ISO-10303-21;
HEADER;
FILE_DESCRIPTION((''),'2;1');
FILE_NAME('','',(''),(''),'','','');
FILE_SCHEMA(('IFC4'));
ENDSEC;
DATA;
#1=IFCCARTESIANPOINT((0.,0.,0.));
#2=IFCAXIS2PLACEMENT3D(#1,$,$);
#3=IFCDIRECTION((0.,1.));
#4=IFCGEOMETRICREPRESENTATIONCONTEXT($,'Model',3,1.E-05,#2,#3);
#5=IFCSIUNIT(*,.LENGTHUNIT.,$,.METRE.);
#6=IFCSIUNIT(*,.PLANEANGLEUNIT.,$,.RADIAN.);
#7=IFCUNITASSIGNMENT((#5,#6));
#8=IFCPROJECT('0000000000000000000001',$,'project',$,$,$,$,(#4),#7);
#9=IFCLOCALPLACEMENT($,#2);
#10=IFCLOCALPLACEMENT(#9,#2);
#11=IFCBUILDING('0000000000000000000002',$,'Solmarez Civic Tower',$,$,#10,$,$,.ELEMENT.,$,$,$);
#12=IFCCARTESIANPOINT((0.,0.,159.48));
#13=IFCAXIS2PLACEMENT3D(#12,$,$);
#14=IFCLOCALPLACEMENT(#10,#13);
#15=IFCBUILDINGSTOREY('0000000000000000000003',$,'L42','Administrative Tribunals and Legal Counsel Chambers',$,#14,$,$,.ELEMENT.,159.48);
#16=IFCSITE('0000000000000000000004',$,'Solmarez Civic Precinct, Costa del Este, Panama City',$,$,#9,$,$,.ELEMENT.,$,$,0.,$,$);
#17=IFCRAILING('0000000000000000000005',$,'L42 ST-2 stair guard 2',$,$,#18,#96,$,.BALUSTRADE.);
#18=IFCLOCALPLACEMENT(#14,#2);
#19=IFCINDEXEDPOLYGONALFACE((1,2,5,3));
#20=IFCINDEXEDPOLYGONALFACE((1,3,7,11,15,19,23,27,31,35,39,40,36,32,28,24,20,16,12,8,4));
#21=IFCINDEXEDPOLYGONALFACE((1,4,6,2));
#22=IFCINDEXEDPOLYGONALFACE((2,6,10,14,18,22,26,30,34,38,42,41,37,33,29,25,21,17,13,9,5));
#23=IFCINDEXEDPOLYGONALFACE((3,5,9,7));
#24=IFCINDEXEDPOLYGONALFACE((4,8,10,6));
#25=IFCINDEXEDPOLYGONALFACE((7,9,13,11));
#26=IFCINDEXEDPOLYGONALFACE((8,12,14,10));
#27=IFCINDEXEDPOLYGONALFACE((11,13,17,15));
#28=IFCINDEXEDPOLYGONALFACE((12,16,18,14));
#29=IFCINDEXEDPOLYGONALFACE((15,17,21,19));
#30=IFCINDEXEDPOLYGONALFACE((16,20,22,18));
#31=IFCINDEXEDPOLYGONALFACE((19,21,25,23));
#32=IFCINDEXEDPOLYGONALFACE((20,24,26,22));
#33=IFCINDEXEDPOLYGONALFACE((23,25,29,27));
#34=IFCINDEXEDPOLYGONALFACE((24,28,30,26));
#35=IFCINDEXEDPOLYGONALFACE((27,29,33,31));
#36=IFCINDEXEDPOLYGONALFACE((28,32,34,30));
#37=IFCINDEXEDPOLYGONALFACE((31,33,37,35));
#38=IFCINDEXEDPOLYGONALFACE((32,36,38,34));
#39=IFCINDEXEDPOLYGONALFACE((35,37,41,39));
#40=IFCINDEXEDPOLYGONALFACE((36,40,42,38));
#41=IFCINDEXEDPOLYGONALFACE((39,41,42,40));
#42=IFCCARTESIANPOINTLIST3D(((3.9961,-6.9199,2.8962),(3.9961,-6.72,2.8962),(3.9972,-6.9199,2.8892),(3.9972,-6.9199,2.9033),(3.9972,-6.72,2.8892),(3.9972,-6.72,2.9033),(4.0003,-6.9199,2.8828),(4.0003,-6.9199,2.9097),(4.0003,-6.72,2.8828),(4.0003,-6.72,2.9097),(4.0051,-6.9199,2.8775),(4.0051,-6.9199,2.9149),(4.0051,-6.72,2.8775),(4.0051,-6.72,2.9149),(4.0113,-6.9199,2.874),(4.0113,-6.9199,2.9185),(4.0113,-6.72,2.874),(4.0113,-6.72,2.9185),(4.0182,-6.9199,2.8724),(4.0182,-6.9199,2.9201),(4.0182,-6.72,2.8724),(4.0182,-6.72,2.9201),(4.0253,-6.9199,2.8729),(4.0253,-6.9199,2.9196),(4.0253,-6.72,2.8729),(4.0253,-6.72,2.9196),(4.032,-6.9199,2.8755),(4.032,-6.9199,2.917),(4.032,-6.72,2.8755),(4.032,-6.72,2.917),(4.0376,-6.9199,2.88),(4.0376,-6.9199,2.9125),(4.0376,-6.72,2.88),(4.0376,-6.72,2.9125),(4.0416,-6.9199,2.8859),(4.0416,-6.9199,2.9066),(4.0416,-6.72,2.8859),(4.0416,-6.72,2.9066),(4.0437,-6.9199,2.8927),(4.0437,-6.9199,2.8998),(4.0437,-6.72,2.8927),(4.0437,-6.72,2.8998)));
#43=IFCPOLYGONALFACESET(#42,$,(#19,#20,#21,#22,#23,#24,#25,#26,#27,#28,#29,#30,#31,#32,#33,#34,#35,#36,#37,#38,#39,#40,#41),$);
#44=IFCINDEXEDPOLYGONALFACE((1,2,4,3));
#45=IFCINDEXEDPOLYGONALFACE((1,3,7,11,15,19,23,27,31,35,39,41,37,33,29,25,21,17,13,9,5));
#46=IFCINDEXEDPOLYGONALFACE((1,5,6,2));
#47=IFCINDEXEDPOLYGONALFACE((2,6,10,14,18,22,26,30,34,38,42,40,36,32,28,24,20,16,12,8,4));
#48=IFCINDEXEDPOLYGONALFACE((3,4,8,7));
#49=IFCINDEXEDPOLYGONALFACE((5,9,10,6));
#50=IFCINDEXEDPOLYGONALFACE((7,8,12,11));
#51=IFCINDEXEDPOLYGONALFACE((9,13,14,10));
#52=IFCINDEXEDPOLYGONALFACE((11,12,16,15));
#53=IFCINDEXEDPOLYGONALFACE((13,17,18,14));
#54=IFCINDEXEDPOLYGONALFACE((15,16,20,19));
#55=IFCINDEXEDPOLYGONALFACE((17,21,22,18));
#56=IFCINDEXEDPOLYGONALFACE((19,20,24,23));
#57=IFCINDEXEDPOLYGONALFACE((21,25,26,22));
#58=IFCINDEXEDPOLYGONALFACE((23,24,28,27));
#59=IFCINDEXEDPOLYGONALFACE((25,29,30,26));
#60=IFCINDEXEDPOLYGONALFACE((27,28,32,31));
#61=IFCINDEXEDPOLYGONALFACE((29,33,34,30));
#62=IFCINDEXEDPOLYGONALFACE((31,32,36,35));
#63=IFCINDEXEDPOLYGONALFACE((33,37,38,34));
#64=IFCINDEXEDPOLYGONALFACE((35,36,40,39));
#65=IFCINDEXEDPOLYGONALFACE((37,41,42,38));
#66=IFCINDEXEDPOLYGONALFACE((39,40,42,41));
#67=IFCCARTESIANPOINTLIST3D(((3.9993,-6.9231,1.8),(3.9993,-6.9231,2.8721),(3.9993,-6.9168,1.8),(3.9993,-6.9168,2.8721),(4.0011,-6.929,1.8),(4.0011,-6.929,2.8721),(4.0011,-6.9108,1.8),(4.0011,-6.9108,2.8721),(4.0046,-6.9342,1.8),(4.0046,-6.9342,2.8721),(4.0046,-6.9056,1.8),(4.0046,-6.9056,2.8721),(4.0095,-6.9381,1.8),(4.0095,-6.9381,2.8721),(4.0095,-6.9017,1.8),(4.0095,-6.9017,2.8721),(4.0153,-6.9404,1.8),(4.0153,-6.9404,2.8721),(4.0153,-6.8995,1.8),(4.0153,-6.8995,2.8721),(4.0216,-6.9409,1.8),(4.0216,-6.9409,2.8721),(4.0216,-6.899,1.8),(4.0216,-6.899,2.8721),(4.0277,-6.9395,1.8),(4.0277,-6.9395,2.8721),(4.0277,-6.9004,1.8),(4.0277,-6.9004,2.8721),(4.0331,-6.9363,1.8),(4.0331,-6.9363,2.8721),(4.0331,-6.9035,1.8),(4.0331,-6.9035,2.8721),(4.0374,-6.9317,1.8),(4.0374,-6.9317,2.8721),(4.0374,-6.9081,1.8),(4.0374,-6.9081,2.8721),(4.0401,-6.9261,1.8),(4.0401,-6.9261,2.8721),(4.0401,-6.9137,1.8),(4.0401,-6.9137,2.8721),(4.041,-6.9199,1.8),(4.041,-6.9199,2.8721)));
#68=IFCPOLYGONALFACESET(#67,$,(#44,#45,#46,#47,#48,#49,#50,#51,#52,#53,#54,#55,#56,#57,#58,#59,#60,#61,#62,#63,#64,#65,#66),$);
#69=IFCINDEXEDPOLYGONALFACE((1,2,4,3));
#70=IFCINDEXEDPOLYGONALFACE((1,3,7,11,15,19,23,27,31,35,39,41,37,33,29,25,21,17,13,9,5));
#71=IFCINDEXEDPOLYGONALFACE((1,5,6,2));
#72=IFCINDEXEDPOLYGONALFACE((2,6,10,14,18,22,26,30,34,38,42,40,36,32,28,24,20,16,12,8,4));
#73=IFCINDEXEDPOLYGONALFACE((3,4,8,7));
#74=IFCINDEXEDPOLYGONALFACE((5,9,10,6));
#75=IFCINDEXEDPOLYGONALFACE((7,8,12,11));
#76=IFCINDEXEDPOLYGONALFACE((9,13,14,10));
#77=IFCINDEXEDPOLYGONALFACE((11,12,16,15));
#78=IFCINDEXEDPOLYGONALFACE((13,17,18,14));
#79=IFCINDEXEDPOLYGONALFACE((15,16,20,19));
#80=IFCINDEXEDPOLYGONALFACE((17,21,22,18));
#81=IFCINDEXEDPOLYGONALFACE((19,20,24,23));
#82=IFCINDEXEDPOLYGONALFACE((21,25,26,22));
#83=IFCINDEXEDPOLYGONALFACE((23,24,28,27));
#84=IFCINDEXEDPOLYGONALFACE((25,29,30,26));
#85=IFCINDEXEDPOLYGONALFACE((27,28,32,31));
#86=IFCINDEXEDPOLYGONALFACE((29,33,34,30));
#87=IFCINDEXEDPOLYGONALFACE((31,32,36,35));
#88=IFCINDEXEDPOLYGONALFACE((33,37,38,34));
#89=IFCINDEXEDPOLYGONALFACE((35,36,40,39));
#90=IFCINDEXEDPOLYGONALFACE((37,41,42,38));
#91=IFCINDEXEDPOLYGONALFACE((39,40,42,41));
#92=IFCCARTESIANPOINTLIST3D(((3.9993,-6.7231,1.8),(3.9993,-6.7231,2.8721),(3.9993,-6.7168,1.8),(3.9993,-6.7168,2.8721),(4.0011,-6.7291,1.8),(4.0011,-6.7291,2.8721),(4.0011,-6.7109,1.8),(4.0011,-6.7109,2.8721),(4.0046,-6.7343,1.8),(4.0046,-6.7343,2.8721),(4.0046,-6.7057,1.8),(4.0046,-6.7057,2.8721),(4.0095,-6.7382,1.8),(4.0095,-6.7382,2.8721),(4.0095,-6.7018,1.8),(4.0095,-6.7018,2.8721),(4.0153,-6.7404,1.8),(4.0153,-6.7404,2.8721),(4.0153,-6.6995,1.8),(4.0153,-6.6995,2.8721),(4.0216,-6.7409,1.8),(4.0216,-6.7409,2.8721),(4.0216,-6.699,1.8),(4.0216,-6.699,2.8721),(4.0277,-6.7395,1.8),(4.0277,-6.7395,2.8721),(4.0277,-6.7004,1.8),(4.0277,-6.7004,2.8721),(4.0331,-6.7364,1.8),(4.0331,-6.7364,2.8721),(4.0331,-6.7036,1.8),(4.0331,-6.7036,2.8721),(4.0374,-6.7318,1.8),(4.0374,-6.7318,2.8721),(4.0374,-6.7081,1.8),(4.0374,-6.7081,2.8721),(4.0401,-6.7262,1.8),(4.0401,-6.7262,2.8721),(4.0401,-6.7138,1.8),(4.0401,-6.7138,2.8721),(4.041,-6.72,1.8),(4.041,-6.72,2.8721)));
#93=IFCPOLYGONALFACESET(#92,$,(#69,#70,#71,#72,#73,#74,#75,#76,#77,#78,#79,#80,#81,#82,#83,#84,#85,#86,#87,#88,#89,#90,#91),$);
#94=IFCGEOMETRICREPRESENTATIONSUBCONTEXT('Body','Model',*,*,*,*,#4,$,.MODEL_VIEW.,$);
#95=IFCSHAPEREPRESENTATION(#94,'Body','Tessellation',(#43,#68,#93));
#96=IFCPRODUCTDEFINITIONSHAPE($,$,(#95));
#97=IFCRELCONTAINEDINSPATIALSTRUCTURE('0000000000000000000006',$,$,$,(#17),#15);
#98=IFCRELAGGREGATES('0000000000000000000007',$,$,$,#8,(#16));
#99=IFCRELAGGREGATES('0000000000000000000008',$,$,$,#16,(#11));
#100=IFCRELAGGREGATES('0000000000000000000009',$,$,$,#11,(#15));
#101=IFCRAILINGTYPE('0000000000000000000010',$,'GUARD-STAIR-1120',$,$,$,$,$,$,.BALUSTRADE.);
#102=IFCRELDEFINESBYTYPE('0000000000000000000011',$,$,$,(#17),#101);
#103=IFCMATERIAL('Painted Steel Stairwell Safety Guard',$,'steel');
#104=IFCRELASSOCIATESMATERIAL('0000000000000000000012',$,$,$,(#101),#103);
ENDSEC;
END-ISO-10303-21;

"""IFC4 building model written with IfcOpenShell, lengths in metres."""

from ifc_helpers import new_model, si_unit, direction, frame, origin, origin_2d, place, context, subcontext, project, spatial, circle, extrude, material, type_object, element, save


model = new_model("IFC4")

# Units and contexts
model_context = context("Model", 3, precision=1e-05, world=origin(), true_north=direction((0.0, 1.0)))
body_context = subcontext(model_context, "Body", "Model", "MODEL_VIEW")
ifc_project = project(units=[si_unit("LENGTHUNIT", "METRE"), si_unit("PLANEANGLEUNIT", "RADIAN")], contexts=[model_context])

# Site, building, storey
site_placement = place(None, origin())
site = spatial("IfcSite", under=ifc_project, at=site_placement, Name="Solmarez Civic Precinct, Costa del Este, Panama City", CompositionType="ELEMENT", RefElevation=0.0)
building_placement = place(site_placement, origin())
building = spatial("IfcBuilding", under=site, at=building_placement, Name="Solmarez Civic Tower", CompositionType="ELEMENT")
storey_placement = place(building_placement, frame((0.0, 0.0, 159.48)))
storey = spatial("IfcBuildingStorey", under=building, at=storey_placement, Name="L42", Description="Administrative Tribunals and Legal Counsel Chambers", CompositionType="ELEMENT", Elevation=159.48)

# Railing
ifc_material_1 = material(Name="Painted Steel Stairwell Safety Guard", Category="steel")
railing_type_1 = type_object("IfcRailingType", Name="GUARD-STAIR-1120", PredefinedType="BALUSTRADE", material=ifc_material_1)
railing_1_placement = place(storey_placement, frame((4.02, -6.9199, 1.8)))
element("IfcRailing", 1, at=railing_1_placement, inside=storey, type_object=railing_type_1, Name="L42 ST-2 stair guard 2", PredefinedType="BALUSTRADE", context=body_context, shape_type="SweptSolid", body=[
    extrude(circle(Radius=0.0239, at=origin_2d()), frame((0.0, 0.0, 1.0962), z_axis=(0.0, 1.0, 0.0), x_axis=(-1.0, 0.0, 0.0)), (0.0, 0.0, 1.0), 0.2),
    extrude(circle(Radius=0.021, at=origin_2d()), origin(), (0.0, 0.0, 1.0), 1.072),
    extrude(circle(Radius=0.021, at=origin_2d()), frame((0.0, 0.2, 0.0)), (0.0, 0.0, 1.0), 1.072),
])

save(model, "model.ifc")
